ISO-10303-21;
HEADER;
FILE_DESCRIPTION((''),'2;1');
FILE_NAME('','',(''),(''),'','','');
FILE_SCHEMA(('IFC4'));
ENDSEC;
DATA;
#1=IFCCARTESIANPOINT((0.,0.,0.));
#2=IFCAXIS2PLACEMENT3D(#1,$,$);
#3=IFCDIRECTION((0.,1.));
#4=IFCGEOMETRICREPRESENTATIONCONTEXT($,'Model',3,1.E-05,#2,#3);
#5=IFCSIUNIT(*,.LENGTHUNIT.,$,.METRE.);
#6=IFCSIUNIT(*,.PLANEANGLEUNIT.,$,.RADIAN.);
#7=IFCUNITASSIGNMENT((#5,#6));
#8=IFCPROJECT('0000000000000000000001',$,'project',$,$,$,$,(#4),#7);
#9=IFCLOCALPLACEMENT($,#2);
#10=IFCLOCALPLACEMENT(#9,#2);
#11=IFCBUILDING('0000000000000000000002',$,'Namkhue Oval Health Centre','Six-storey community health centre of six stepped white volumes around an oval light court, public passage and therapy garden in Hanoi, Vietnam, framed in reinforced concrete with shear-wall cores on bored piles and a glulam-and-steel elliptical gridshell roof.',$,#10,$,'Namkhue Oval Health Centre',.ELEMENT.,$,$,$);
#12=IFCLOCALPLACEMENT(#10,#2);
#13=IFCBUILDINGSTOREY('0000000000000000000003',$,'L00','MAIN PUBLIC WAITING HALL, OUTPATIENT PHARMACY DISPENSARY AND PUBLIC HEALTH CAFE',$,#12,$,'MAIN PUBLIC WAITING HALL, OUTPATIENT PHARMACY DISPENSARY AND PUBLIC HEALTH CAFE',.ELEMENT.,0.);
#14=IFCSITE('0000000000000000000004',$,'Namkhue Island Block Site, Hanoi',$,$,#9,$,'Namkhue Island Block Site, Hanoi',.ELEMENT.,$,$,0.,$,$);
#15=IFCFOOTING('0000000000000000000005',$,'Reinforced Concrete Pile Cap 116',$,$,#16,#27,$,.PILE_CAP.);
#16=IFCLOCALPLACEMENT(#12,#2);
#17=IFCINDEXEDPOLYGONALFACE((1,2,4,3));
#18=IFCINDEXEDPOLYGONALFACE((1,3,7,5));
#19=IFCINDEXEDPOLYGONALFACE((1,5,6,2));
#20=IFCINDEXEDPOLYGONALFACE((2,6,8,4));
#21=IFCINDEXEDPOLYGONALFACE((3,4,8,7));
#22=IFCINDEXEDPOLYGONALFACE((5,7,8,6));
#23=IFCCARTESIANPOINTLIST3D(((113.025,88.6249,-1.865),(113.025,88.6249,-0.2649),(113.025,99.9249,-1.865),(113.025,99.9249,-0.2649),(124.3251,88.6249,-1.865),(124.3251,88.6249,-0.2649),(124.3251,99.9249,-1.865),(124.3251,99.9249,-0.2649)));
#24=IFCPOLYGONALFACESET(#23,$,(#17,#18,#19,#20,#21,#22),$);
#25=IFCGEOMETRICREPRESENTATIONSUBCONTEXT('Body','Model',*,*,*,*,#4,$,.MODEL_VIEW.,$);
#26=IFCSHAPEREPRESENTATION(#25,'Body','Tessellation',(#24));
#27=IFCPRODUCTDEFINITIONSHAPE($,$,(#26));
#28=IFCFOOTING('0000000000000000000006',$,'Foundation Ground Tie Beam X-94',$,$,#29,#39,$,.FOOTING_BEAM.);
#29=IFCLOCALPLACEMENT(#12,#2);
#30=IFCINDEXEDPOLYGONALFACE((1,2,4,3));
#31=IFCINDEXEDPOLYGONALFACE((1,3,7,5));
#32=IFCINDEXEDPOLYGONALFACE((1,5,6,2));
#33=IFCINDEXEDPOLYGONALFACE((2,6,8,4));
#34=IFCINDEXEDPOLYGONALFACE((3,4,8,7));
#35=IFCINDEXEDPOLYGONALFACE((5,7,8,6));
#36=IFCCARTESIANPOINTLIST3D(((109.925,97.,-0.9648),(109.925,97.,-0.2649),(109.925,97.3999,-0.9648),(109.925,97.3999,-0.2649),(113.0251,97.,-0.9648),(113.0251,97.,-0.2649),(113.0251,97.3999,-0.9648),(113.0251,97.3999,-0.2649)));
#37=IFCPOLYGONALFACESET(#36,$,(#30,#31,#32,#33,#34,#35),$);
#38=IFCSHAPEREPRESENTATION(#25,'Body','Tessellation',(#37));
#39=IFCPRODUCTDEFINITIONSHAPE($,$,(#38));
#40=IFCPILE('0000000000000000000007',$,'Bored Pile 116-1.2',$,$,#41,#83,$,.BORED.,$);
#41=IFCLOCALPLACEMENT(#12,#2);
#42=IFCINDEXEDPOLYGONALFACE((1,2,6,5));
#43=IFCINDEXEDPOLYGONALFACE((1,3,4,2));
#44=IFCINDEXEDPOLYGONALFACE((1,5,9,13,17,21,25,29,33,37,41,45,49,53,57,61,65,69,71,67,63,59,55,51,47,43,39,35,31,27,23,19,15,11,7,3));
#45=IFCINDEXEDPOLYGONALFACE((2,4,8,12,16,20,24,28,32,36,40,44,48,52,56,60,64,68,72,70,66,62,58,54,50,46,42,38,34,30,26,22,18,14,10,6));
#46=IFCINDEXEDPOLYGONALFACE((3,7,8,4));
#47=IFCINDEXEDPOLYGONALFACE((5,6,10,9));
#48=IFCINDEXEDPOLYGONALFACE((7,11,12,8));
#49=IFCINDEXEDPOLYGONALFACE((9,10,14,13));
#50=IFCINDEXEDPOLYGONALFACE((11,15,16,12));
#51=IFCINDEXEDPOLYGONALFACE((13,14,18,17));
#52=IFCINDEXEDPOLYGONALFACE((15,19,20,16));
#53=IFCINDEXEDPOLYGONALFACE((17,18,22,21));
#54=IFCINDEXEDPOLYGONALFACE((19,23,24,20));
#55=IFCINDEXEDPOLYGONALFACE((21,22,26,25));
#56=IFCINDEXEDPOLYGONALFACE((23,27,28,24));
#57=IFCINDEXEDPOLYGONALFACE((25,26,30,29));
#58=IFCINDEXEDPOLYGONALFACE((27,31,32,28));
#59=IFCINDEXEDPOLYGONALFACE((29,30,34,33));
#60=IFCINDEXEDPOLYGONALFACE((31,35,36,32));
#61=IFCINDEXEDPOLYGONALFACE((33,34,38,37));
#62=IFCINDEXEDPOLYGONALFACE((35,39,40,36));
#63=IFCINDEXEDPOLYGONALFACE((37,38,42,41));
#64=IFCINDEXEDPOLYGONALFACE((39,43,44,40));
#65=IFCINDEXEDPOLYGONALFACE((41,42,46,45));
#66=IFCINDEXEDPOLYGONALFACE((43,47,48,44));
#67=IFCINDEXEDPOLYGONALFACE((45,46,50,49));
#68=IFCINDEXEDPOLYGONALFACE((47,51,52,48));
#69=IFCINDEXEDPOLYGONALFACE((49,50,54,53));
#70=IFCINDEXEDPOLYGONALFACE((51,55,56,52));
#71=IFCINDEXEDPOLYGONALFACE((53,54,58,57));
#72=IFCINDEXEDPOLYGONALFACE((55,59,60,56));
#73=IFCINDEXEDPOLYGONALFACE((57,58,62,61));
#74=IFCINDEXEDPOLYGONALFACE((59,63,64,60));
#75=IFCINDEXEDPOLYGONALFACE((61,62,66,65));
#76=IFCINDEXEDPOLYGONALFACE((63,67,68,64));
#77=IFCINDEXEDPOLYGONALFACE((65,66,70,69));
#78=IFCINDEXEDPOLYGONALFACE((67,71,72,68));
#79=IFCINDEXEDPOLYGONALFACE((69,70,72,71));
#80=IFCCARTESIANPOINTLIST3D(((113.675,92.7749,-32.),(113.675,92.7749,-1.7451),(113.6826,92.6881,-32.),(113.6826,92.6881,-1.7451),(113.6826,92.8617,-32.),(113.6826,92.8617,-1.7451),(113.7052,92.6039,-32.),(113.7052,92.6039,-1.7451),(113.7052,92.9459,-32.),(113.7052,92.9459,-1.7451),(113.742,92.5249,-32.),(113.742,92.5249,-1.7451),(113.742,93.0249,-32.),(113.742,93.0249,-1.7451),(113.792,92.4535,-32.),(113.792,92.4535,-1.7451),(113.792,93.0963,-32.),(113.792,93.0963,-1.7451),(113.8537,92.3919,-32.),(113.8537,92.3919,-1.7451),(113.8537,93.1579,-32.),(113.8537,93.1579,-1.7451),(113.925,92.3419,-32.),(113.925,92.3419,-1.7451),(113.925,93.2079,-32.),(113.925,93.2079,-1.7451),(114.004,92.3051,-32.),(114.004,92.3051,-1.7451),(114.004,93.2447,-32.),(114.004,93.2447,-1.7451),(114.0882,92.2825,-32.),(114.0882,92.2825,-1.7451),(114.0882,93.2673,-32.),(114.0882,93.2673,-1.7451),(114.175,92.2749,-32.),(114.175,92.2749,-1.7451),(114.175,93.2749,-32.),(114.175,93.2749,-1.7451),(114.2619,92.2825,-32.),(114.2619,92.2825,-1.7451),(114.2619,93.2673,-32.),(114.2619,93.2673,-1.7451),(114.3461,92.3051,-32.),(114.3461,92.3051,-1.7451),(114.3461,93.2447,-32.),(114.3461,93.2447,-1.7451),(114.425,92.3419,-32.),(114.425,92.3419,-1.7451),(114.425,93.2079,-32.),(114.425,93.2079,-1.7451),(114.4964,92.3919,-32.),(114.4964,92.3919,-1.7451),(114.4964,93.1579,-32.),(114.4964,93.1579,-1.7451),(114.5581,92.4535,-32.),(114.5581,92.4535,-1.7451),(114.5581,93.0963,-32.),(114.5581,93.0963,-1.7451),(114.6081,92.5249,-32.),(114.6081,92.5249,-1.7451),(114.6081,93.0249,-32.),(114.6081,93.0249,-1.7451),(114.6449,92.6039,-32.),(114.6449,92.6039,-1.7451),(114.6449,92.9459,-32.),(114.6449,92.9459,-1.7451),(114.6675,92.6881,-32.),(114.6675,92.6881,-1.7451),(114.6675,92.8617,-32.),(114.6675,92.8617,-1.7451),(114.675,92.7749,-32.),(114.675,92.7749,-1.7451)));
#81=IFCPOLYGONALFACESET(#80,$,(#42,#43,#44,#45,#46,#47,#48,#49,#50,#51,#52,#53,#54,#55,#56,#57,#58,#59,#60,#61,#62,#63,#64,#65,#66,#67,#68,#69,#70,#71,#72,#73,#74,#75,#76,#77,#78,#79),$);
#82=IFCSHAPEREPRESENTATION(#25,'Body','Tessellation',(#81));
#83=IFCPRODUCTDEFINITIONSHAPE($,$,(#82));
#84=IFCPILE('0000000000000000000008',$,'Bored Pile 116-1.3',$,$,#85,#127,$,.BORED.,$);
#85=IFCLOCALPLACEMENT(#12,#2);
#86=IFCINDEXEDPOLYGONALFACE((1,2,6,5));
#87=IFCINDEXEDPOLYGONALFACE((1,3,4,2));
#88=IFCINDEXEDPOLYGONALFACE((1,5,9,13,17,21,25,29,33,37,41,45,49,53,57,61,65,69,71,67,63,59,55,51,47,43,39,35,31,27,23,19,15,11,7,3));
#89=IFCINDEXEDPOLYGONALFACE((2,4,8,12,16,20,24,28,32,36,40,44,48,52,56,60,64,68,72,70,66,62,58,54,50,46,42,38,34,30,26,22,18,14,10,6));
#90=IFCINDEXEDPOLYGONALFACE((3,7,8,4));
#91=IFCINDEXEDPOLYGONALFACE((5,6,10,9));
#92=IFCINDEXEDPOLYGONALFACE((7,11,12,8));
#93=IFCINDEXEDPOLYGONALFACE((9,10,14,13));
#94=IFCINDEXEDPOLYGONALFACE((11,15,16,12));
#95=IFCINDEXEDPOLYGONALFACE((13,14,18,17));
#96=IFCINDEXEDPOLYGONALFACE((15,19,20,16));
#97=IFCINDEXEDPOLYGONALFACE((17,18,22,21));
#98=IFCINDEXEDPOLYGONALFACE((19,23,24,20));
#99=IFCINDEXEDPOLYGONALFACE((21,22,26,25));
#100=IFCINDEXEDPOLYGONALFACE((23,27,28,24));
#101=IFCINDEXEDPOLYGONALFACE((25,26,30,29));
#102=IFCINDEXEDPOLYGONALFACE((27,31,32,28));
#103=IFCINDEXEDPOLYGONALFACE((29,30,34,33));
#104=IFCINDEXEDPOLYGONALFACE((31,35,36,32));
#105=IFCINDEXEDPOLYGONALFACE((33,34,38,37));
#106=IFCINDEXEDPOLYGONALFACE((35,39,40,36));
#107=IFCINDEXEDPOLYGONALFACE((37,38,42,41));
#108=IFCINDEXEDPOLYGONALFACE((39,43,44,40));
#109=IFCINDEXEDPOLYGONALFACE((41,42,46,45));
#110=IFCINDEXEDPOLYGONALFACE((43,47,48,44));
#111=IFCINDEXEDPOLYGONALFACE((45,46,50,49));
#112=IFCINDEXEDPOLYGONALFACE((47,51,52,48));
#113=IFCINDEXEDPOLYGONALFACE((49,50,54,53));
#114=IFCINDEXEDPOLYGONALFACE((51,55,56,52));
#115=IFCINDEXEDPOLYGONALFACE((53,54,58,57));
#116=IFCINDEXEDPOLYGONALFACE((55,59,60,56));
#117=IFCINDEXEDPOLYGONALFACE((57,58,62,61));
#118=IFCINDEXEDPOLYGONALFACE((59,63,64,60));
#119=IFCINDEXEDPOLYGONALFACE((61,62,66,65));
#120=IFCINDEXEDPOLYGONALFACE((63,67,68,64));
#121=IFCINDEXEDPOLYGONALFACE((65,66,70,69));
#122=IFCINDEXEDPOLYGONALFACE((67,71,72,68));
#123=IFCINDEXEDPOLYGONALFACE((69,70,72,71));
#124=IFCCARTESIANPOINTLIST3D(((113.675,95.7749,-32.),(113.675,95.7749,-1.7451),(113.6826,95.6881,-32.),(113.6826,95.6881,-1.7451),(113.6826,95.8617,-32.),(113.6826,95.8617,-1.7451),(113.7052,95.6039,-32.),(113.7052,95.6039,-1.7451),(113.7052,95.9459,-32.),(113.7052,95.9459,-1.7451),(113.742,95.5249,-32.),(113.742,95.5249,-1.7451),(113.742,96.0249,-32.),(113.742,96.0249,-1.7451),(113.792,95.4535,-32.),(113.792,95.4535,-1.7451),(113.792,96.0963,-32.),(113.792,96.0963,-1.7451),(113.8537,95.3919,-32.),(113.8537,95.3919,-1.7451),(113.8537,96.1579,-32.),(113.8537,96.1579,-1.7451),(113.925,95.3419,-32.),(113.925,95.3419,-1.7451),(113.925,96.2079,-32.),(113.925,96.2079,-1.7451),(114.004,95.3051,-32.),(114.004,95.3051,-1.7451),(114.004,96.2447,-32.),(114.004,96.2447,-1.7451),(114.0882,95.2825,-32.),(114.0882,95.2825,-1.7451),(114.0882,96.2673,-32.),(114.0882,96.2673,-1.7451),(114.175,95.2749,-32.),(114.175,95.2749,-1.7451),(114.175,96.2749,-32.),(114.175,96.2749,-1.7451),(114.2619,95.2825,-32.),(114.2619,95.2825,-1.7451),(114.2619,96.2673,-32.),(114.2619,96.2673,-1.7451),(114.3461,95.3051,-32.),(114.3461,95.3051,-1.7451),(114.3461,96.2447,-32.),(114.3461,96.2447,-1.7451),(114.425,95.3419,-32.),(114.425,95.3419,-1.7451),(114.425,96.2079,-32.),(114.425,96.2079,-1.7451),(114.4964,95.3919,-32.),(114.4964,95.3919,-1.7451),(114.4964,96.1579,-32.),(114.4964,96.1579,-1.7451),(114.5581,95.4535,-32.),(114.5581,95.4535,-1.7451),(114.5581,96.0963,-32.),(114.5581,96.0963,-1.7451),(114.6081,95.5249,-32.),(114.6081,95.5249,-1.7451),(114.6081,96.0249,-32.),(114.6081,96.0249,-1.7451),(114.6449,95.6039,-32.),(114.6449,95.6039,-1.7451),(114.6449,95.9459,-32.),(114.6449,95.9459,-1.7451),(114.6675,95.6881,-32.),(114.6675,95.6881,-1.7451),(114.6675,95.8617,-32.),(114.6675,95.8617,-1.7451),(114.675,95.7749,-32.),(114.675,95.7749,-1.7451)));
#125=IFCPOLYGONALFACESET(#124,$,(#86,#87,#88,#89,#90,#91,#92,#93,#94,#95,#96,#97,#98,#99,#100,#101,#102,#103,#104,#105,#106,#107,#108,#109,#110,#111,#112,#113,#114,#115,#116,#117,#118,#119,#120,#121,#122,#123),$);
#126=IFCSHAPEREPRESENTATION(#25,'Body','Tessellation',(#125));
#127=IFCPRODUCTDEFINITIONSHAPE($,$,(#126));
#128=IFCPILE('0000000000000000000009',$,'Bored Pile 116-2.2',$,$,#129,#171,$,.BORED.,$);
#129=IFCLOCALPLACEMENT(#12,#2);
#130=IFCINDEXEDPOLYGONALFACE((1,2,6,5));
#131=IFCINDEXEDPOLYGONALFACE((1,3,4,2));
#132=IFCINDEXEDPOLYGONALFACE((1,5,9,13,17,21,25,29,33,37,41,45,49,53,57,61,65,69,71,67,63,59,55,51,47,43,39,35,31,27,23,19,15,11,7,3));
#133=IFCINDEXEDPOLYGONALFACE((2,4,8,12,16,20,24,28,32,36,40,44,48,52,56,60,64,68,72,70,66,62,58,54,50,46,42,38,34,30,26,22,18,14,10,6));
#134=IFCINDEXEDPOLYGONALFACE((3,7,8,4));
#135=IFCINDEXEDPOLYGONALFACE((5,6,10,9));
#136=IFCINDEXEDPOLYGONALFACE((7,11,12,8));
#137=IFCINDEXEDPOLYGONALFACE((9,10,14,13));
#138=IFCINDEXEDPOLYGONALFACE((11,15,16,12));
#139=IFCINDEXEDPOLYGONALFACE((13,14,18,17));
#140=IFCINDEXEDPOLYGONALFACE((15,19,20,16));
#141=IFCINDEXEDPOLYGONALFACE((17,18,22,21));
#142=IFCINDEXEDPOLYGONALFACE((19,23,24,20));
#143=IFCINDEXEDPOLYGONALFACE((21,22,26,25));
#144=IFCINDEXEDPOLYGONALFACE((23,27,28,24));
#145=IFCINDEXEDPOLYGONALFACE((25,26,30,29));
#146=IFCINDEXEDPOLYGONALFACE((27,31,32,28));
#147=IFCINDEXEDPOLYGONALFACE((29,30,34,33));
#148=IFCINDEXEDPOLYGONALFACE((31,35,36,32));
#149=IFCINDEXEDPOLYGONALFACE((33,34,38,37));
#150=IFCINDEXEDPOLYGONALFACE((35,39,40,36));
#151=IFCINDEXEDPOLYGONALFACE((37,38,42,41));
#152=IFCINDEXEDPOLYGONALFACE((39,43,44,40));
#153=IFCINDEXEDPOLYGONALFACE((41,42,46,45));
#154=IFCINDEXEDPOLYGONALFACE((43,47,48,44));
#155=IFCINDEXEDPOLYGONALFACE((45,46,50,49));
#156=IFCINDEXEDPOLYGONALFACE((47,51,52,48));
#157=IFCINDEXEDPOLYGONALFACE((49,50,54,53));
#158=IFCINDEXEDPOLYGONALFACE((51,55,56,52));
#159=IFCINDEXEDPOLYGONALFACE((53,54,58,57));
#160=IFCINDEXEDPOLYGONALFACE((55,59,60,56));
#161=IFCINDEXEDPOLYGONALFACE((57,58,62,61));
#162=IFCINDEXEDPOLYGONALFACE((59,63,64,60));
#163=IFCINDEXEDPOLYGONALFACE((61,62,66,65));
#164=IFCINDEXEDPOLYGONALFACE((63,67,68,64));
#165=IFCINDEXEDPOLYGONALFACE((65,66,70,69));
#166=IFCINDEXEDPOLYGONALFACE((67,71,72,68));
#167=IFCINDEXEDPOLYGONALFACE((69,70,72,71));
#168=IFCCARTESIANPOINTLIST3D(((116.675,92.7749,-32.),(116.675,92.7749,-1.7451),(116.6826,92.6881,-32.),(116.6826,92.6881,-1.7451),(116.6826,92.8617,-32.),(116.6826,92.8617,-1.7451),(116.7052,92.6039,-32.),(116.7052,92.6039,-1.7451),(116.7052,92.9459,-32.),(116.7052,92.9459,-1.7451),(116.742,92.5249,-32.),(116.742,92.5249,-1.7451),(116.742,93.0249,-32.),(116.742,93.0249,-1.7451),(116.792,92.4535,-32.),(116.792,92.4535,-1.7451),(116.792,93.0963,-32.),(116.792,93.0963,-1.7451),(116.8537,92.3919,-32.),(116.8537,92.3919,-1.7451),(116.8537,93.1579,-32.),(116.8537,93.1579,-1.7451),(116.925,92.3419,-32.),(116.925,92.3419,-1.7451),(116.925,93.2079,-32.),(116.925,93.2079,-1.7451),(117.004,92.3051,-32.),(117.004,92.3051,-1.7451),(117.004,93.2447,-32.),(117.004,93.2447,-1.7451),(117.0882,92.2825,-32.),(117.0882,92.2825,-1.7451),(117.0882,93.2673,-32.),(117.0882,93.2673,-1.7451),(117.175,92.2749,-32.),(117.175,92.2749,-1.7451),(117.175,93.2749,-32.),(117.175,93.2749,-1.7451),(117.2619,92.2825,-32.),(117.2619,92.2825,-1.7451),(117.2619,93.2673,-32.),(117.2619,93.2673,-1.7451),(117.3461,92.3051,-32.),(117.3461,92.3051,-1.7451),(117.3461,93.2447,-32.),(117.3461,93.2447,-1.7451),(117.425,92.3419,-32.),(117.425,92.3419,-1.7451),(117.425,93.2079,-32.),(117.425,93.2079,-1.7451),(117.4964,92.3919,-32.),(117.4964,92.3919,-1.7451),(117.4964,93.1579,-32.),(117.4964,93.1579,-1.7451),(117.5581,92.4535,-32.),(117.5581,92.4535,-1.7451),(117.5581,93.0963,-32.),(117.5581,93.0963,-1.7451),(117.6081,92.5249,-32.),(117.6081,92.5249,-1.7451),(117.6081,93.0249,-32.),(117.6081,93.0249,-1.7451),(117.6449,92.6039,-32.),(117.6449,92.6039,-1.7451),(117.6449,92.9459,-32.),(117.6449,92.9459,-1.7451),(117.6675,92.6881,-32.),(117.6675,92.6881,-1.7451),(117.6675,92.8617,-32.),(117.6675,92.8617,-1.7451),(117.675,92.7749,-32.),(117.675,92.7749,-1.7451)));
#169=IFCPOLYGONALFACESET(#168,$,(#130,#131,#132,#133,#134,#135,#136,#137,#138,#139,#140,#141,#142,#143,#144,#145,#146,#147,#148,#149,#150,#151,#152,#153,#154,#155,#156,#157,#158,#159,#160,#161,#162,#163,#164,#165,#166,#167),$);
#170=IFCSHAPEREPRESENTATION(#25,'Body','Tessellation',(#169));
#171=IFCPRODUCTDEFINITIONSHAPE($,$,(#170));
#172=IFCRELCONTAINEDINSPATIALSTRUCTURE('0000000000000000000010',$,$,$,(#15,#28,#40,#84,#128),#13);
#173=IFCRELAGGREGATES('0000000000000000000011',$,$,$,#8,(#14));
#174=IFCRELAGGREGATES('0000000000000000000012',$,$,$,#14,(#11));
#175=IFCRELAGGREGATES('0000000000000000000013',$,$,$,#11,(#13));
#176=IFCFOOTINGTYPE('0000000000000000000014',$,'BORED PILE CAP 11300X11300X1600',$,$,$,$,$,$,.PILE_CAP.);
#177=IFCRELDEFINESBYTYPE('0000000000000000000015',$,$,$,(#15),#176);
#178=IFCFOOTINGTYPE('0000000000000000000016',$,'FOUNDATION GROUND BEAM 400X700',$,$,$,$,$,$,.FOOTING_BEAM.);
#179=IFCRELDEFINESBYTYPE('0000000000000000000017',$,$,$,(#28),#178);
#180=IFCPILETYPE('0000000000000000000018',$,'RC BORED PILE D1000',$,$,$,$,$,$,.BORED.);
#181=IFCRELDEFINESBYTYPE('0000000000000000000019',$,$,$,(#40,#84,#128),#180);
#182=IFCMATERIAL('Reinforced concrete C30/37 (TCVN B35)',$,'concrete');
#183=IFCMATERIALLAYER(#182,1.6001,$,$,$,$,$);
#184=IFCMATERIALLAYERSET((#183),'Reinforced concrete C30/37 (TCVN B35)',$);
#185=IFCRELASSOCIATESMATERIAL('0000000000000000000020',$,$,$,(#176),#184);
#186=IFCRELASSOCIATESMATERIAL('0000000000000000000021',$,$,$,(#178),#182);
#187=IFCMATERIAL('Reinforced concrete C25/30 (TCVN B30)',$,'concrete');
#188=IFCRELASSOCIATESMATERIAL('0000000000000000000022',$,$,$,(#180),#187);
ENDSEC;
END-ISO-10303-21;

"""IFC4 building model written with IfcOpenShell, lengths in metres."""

from ifc_helpers import new_model, si_unit, direction, frame, origin, origin_2d, place, context, subcontext, project, spatial, rectangle, circle, extrude, material, layer, layer_set, material_profile, profile_set, type_object, element, save


model = new_model("IFC4")

# Units and contexts
model_context = context("Model", 3, precision=1e-05, world=origin(), true_north=direction((0.0, 1.0)))
body_context = subcontext(model_context, "Body", "Model", "MODEL_VIEW")
ifc_project = project(units=[si_unit("LENGTHUNIT", "METRE"), si_unit("PLANEANGLEUNIT", "RADIAN")], contexts=[model_context])

# Site, building, storey
site_placement = place(None, origin())
site = spatial("IfcSite", under=ifc_project, at=site_placement, Name="Namkhue Island Block Site, Hanoi", LongName="Namkhue Island Block Site, Hanoi", CompositionType="ELEMENT", RefElevation=0.0)
building_placement = place(site_placement, origin())
building = spatial("IfcBuilding", under=site, at=building_placement, Name="Namkhue Oval Health Centre", Description="Six-storey community health centre of six stepped white volumes around an oval light court, public passage and therapy garden in Hanoi, Vietnam, framed in reinforced concrete with shear-wall cores on bored piles and a glulam-and-steel elliptical gridshell roof.", LongName="Namkhue Oval Health Centre", CompositionType="ELEMENT")
storey_placement = place(building_placement, origin())
storey = spatial("IfcBuildingStorey", under=building, at=storey_placement, Name="L00", Description="MAIN PUBLIC WAITING HALL, OUTPATIENT PHARMACY DISPENSARY AND PUBLIC HEALTH CAFE", LongName="MAIN PUBLIC WAITING HALL, OUTPATIENT PHARMACY DISPENSARY AND PUBLIC HEALTH CAFE", CompositionType="ELEMENT", Elevation=0.0)

# Footings
ifc_material_1 = material(Name="Reinforced concrete C30/37 (TCVN B35)", Category="concrete")
ifc_layer_1 = layer(ifc_material_1, 1.6001)
ifc_layer_set_1 = layer_set([ifc_layer_1], Name="Reinforced concrete C30/37 (TCVN B35)")
footing_type_1 = type_object("IfcFootingType", Name="BORED PILE CAP 11300X11300X1600", PredefinedType="PILE_CAP", material=ifc_layer_set_1)
footing_1_placement = place(storey_placement, frame((118.675, 94.2749, -1.865), z_axis=(0.0, 0.0, 1.0), x_axis=(1.0, 0.0, 0.0)))
element("IfcFooting", 1, at=footing_1_placement, inside=storey, type_object=footing_type_1, Name="Reinforced Concrete Pile Cap 116", PredefinedType="PILE_CAP", context=body_context, shape_type="SweptSolid", body=[
    extrude(rectangle(XDim=11.3, YDim=11.3, at=origin_2d()), origin(), (0.0, 0.0, 1.0), 1.6001),
])
footing_type_2 = type_object("IfcFootingType", Name="FOUNDATION GROUND BEAM 400X700", PredefinedType="FOOTING_BEAM", material=ifc_material_1)
footing_2_placement = place(storey_placement, frame((111.4751, 97.2, -0.9648), z_axis=(0.0, 0.0, 1.0), x_axis=(1.0, 0.0, 0.0)))
element("IfcFooting", 2, at=footing_2_placement, inside=storey, type_object=footing_type_2, Name="Foundation Ground Tie Beam X-94", PredefinedType="FOOTING_BEAM", context=body_context, shape_type="SweptSolid", body=[
    extrude(rectangle(XDim=3.1001, YDim=0.3999, at=origin_2d()), origin(), (0.0, 0.0, 1.0), 0.7),
])

# Piles
ifc_material_2 = material(Name="Reinforced concrete C25/30 (TCVN B30)", Category="concrete")
ifc_material_profile_1 = material_profile(ifc_material_2, circle(Radius=0.5, at=origin_2d()), Name="BORED PILE D1000")
ifc_profile_set_1 = profile_set([ifc_material_profile_1], Name="Reinforced concrete C25/30 (TCVN B30)")
pile_type = type_object("IfcPileType", Name="RC BORED PILE D1000", PredefinedType="BORED", material=ifc_profile_set_1)
for number, where, z_axis, x_axis, name in (
    (3, (114.175, 92.7749, -1.7451), (0.0, 0.0, -1.0), (1.0, 0.0, 0.0), "Bored Pile 116-1.2"),
    (4, (114.175, 95.7749, -1.7451), (0.0, 0.0, -1.0), (1.0, 0.0, 0.0), "Bored Pile 116-1.3"),
    (5, (117.175, 92.7749, -1.7451), (0.0, 0.0, -1.0), (1.0, 0.0, 0.0), "Bored Pile 116-2.2"),
):
    element("IfcPile", number, at=place(storey_placement, frame(where, z_axis=z_axis, x_axis=x_axis)), inside=storey, type_object=pile_type, Name=name, PredefinedType="BORED", context=body_context, shape_type="SweptSolid", body=[
        extrude(circle(Radius=0.5, at=origin_2d()), origin(), (0.0, 0.0, 1.0), 30.2549),
    ])

save(model, "model.ifc")
